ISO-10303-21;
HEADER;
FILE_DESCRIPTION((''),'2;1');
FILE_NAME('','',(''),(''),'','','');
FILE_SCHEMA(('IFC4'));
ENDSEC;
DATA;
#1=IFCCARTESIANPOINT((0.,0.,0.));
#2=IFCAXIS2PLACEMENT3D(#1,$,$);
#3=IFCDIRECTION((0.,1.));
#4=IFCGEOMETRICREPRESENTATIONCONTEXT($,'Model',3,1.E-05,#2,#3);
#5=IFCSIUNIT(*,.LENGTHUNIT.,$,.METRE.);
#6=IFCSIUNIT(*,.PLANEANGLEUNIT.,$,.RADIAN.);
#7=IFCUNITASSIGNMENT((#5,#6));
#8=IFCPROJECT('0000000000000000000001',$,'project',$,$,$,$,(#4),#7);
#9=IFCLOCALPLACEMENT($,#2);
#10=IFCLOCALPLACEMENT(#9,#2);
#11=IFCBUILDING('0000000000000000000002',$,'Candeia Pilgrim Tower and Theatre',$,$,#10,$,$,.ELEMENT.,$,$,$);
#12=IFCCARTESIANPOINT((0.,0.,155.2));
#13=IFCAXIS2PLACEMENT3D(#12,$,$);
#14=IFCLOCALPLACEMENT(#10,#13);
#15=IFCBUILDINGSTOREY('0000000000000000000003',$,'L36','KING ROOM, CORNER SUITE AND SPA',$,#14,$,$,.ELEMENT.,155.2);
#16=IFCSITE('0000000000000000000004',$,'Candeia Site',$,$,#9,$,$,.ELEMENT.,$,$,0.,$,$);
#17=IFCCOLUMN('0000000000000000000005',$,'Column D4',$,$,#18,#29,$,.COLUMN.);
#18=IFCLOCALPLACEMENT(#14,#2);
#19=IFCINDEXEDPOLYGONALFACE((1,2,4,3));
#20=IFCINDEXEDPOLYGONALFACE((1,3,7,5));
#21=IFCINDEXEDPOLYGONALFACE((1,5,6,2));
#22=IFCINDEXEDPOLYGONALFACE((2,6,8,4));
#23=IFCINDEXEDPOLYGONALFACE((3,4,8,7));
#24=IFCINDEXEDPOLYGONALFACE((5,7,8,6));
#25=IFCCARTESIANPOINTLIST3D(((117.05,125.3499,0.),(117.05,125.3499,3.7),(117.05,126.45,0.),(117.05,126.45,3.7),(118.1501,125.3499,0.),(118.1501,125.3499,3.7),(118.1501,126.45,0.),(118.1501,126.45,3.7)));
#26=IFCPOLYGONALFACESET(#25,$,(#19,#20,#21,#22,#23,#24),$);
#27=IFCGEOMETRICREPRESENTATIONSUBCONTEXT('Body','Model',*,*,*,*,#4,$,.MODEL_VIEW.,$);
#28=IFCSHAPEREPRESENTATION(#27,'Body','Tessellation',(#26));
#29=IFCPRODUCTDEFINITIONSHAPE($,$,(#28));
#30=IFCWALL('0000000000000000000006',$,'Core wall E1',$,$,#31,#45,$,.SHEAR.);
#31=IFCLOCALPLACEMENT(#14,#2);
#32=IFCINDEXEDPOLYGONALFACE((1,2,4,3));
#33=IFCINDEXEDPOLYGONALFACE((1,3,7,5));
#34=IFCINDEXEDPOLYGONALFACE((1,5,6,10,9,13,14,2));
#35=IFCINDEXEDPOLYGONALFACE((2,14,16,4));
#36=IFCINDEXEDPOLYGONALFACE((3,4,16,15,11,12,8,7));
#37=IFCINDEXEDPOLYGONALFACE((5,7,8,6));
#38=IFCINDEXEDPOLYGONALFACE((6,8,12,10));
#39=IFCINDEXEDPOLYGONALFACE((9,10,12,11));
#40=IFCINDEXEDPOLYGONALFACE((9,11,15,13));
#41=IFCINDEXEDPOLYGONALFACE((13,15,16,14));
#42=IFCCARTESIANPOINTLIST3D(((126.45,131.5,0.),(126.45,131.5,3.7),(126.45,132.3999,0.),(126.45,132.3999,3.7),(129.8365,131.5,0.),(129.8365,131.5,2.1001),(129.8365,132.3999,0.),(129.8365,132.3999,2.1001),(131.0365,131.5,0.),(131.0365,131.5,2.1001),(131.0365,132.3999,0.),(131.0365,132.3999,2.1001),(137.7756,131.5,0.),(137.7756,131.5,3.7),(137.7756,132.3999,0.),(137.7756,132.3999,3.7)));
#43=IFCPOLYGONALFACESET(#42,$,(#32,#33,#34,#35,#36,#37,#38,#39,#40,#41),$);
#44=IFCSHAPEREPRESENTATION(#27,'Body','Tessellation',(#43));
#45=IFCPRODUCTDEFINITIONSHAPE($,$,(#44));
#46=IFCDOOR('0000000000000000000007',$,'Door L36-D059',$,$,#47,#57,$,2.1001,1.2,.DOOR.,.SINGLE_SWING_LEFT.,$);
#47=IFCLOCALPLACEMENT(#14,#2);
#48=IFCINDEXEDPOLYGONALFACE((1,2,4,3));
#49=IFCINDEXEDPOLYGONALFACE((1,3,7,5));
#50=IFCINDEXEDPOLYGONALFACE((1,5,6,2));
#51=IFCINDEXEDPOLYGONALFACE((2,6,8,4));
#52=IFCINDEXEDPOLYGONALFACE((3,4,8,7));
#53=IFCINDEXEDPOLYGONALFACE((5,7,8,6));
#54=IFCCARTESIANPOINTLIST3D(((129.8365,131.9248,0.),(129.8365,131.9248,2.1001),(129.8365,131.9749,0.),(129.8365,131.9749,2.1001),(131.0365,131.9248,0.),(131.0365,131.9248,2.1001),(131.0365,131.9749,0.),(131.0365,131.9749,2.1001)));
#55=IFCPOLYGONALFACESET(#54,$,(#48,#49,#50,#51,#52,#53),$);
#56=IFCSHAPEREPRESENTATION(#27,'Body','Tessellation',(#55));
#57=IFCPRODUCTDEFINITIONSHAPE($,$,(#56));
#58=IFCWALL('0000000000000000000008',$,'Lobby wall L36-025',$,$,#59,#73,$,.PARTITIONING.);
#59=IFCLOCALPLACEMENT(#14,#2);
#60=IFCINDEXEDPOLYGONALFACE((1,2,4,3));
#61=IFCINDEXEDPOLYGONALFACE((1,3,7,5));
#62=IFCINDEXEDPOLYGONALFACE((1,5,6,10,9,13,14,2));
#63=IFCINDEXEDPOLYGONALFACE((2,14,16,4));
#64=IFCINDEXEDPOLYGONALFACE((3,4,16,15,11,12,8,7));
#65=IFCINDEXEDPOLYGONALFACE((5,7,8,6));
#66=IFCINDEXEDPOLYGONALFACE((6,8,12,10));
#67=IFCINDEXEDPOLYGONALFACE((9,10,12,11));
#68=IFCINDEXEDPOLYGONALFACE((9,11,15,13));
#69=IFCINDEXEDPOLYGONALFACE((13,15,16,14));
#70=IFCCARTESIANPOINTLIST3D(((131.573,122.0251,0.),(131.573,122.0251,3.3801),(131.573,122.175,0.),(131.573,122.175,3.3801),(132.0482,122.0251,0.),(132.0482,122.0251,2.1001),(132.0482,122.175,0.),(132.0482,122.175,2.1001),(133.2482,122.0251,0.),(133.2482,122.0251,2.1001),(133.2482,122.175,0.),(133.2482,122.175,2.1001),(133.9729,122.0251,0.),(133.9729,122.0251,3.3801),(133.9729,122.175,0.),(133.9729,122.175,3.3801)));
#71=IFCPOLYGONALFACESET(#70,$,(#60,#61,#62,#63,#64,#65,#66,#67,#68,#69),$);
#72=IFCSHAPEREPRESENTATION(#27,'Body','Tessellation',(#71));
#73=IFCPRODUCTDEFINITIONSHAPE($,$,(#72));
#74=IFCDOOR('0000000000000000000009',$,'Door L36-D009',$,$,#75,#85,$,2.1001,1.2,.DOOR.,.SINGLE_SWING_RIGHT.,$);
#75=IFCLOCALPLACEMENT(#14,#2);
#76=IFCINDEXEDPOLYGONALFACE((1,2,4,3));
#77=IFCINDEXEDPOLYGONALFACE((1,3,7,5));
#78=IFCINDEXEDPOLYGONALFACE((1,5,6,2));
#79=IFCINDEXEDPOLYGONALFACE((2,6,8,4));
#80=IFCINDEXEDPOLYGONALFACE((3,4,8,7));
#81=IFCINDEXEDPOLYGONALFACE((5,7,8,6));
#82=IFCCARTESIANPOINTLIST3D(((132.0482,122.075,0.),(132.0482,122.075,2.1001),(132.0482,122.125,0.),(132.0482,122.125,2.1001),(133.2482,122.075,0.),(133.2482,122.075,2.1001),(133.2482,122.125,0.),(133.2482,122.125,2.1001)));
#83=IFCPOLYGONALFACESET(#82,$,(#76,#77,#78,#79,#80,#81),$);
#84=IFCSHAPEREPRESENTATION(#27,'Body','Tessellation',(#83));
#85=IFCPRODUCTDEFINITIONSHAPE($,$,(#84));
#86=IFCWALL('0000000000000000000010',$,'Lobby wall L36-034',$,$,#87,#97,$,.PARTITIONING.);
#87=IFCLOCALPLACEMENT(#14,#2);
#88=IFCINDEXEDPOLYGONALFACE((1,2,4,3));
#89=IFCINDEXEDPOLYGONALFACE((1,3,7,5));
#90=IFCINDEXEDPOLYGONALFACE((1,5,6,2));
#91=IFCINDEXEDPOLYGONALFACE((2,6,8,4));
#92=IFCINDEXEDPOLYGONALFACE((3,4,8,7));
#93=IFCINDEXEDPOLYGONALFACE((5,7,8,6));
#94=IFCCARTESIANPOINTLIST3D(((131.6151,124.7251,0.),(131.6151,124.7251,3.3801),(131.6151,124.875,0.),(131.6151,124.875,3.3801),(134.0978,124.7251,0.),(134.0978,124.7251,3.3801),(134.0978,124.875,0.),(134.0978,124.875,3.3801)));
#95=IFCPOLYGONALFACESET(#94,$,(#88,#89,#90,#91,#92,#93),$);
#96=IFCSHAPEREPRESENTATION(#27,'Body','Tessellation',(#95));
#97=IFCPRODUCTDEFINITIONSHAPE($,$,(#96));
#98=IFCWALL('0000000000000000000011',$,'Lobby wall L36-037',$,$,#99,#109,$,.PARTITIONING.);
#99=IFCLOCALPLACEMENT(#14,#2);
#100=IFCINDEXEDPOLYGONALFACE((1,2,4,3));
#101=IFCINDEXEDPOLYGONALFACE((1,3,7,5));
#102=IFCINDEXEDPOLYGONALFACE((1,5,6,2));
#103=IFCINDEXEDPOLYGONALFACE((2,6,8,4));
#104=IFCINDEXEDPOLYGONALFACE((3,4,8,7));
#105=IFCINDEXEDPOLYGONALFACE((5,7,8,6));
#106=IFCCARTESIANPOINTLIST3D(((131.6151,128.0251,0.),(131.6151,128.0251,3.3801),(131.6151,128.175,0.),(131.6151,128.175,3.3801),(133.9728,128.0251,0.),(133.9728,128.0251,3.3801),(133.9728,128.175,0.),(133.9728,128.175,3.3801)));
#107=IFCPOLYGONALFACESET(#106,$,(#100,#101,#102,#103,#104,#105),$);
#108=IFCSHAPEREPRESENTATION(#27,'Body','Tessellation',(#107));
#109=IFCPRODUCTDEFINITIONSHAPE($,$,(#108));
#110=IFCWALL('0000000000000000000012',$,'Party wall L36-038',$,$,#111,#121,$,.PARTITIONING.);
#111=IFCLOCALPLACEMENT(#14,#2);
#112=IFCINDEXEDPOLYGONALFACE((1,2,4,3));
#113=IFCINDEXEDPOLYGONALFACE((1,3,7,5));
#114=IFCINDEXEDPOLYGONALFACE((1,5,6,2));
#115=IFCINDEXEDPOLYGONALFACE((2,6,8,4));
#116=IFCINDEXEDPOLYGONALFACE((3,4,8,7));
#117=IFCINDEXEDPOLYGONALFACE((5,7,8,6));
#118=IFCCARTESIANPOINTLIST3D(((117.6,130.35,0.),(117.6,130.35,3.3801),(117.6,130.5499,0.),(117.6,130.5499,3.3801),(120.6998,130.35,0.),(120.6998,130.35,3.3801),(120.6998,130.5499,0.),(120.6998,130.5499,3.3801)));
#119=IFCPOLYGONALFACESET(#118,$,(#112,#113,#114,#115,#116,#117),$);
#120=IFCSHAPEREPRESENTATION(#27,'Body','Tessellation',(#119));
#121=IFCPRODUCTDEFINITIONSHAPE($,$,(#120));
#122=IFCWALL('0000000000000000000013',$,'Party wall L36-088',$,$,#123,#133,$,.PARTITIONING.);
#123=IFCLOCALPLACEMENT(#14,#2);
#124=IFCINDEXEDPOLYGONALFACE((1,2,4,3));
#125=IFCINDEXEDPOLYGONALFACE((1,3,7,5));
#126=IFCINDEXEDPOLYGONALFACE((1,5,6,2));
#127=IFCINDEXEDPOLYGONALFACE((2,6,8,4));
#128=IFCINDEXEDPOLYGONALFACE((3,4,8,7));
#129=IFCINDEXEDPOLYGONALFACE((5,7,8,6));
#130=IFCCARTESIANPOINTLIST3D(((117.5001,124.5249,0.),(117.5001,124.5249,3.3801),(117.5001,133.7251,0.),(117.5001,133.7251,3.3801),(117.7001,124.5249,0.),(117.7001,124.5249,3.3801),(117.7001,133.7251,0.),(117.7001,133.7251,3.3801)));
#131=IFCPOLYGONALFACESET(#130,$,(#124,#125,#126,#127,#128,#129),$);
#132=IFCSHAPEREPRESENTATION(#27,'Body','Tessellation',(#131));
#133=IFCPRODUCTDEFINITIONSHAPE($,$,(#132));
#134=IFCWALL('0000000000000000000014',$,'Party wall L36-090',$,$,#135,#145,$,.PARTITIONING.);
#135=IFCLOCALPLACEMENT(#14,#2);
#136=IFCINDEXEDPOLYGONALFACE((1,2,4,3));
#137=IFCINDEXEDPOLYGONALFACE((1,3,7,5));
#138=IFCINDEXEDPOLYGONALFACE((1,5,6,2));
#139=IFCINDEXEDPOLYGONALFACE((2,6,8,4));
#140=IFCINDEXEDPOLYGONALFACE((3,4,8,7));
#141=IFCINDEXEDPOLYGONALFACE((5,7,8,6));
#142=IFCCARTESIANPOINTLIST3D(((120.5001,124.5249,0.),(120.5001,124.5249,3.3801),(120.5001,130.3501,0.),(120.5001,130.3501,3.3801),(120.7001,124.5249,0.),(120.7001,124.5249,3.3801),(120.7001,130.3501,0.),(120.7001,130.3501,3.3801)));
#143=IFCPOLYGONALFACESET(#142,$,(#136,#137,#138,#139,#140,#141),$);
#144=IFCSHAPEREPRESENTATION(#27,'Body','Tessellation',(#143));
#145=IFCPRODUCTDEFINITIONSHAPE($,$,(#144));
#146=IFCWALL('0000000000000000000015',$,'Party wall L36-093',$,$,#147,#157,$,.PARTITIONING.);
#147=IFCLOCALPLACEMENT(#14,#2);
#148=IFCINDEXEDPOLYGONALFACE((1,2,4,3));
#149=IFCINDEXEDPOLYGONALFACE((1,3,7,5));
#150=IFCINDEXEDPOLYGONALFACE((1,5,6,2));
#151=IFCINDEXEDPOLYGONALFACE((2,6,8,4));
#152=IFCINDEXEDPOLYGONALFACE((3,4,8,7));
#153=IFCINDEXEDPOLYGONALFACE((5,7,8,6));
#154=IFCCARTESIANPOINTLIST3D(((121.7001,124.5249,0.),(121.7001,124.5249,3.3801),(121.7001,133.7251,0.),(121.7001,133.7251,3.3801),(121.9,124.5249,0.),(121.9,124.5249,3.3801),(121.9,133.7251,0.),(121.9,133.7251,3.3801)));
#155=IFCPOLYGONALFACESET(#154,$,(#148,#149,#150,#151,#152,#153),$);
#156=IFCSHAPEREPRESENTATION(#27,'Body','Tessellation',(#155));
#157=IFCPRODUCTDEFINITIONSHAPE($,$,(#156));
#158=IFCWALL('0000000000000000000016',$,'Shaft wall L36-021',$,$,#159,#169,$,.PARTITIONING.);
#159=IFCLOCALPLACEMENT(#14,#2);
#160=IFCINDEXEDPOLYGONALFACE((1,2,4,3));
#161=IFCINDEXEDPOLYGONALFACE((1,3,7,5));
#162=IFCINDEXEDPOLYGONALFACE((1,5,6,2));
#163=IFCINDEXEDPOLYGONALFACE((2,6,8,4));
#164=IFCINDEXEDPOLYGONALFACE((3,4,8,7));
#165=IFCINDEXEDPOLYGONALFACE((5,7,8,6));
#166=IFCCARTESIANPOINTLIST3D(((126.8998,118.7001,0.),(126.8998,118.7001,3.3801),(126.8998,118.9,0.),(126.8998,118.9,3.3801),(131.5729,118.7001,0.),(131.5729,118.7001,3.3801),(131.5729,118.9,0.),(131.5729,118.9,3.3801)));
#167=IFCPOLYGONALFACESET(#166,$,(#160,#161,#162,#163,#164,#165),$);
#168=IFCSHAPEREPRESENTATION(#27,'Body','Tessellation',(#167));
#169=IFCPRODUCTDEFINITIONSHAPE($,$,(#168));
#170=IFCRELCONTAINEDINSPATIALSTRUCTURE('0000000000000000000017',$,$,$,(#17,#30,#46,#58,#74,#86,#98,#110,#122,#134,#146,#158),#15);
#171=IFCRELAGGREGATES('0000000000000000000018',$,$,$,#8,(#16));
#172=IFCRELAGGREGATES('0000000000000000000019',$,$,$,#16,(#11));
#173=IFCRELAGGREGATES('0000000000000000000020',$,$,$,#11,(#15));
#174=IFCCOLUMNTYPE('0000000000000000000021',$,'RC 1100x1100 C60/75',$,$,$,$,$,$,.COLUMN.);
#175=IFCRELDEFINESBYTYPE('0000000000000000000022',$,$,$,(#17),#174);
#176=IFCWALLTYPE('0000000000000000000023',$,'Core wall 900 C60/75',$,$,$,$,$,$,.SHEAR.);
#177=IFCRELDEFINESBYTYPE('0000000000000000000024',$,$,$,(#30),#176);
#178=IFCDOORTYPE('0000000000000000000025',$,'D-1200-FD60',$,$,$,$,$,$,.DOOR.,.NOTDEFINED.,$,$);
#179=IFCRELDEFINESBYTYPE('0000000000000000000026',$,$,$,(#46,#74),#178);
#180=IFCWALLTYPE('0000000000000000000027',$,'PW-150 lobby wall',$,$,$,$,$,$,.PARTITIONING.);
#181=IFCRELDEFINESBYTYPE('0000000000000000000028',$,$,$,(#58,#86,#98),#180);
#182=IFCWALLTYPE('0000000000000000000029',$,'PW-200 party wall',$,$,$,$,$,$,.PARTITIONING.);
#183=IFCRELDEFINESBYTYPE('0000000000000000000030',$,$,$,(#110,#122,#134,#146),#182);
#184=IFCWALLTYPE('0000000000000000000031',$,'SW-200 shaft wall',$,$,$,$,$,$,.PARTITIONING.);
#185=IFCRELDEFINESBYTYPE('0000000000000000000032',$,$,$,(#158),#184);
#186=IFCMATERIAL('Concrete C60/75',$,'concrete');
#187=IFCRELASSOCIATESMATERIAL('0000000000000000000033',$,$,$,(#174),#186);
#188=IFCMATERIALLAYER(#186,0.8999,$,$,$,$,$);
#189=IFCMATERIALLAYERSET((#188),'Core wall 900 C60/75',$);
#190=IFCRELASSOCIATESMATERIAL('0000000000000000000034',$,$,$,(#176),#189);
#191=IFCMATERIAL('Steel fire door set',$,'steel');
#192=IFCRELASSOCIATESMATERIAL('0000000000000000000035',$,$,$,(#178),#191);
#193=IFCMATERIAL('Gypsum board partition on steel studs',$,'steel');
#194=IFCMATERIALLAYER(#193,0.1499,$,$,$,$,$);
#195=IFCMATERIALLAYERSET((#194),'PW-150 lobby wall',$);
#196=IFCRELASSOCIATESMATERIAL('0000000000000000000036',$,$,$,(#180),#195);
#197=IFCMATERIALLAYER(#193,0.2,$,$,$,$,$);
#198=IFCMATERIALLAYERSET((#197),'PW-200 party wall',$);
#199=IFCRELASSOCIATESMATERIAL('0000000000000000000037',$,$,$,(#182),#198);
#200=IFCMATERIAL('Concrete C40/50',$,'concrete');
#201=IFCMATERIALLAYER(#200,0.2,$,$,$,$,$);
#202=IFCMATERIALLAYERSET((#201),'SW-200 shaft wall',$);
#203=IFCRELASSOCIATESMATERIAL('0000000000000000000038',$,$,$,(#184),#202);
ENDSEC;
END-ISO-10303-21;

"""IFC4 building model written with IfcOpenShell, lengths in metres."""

from ifc_helpers import new_model, si_unit, direction, frame, frame_2d, origin, origin_2d, place, context, subcontext, project, spatial, rectangle, extrude, material, layer, layer_set, material_profile, profile_set, type_object, element, fill, save


model = new_model("IFC4")

# Units and contexts
model_context = context("Model", 3, precision=1e-05, world=origin(), true_north=direction((0.0, 1.0)))
body_context = subcontext(model_context, "Body", "Model", "MODEL_VIEW")
ifc_project = project(units=[si_unit("LENGTHUNIT", "METRE"), si_unit("PLANEANGLEUNIT", "RADIAN")], contexts=[model_context])

# Site, building, storey
site_placement = place(None, origin())
site = spatial("IfcSite", under=ifc_project, at=site_placement, Name="Candeia Site", CompositionType="ELEMENT", RefElevation=0.0)
building_placement = place(site_placement, origin())
building = spatial("IfcBuilding", under=site, at=building_placement, Name="Candeia Pilgrim Tower and Theatre", CompositionType="ELEMENT")
storey_placement = place(building_placement, frame((0.0, 0.0, 155.2)))
storey = spatial("IfcBuildingStorey", under=building, at=storey_placement, Name="L36", Description="KING ROOM, CORNER SUITE AND SPA", CompositionType="ELEMENT", Elevation=155.2)

# Column
ifc_material_1 = material(Name="Concrete C60/75", Category="concrete")
ifc_material_profile = material_profile(ifc_material_1, rectangle(XDim=1.1001, YDim=1.1001, at=origin_2d()))
ifc_profile_set = profile_set([ifc_material_profile], Name="Concrete C60/75")
column_type = type_object("IfcColumnType", Name="RC 1100x1100 C60/75", PredefinedType="COLUMN", material=ifc_profile_set)
column_placement = place(storey_placement, frame((117.6001, 125.8999, 0.0), z_axis=(0.0, 0.0, 1.0), x_axis=(1.0, 0.0, 0.0)))
element("IfcColumn", 1, at=column_placement, inside=storey, type_object=column_type, Name="Column D4", PredefinedType="COLUMN", context=body_context, shape_type="SweptSolid", body=[
    extrude(rectangle(XDim=1.1001, YDim=1.1001, at=origin_2d()), origin(), (0.0, 0.0, 1.0), 3.7),
])

# Walls, openings, doors
ifc_layer_1 = layer(ifc_material_1, 0.8999)
ifc_layer_set_1 = layer_set([ifc_layer_1], Name="Core wall 900 C60/75")
wall_type_1 = type_object("IfcWallType", Name="Core wall 900 C60/75", PredefinedType="SHEAR", material=ifc_layer_set_1)
wall_1_placement = place(storey_placement, frame((126.45, 131.95, 0.0), z_axis=(0.0, 0.0, 1.0), x_axis=(1.0, 0.0, 0.0)))
wall_1 = element("IfcWall", 2, at=wall_1_placement, inside=storey, type_object=wall_type_1, Name="Core wall E1", PredefinedType="SHEAR", context=body_context, shape_type="SweptSolid", body=[
    extrude(rectangle(XDim=11.3257, YDim=0.8999, at=frame_2d((5.6628, 0.0))), origin(), (0.0, 0.0, 1.0), 3.7),
])
opening_1_placement = place(wall_1_placement, frame((3.3865, 0.0, 0.0)))
opening_1 = element("IfcOpeningElement", 3, at=opening_1_placement, cuts=wall_1, PredefinedType="OPENING", context=body_context, shape_type="SweptSolid", body=[
    extrude(rectangle(XDim=1.2, YDim=2.1001, at=frame_2d((0.6001, 1.05))), frame((0.0, 0.46, 0.0), z_axis=(0.0, -1.0, 0.0), x_axis=(1.0, 0.0, 0.0)), (0.0, 0.0, 1.0), 0.9199),
])
ifc_material_2 = material(Name="Steel fire door set", Category="steel")
door_type_1 = type_object("IfcDoorType", Name="D-1200-FD60", OperationType="NOTDEFINED", PredefinedType="DOOR", material=ifc_material_2)
door_1_placement = place(opening_1_placement, origin())
door_1 = element("IfcDoor", 4, at=door_1_placement, inside=storey, type_object=door_type_1, Name="Door L36-D059", OperationType="SINGLE_SWING_LEFT", OverallHeight=2.1001, OverallWidth=1.2, PredefinedType="DOOR", context=body_context, shape_type="SweptSolid", body=[
    extrude(rectangle(XDim=1.2, YDim=2.1001, at=frame_2d((0.6001, 1.05))), frame((0.0, 0.0249, 0.0), z_axis=(0.0, -1.0, 0.0), x_axis=(1.0, 0.0, 0.0)), (0.0, 0.0, 1.0), 0.05),
])
fill(opening_1, door_1)
ifc_material_3 = material(Name="Gypsum board partition on steel studs", Category="steel")
ifc_layer_2 = layer(ifc_material_3, 0.1499)
ifc_layer_set_2 = layer_set([ifc_layer_2], Name="PW-150 lobby wall")
wall_type_2 = type_object("IfcWallType", Name="PW-150 lobby wall", PredefinedType="PARTITIONING", material=ifc_layer_set_2)
wall_2_placement = place(storey_placement, frame((131.573, 122.1001, 0.0), z_axis=(0.0, 0.0, 1.0), x_axis=(1.0, 0.0, 0.0)))
wall_2 = element("IfcWall", 5, at=wall_2_placement, inside=storey, type_object=wall_type_2, Name="Lobby wall L36-025", PredefinedType="PARTITIONING", context=body_context, shape_type="SweptSolid", body=[
    extrude(rectangle(XDim=2.3999, YDim=0.1499, at=frame_2d((1.2, 0.0))), origin(), (0.0, 0.0, 1.0), 3.3801),
])
opening_2_placement = place(wall_2_placement, frame((0.4751, 0.0, 0.0)))
opening_2 = element("IfcOpeningElement", 6, at=opening_2_placement, cuts=wall_2, PredefinedType="OPENING", context=body_context, shape_type="SweptSolid", body=[
    extrude(rectangle(XDim=1.2, YDim=2.1001, at=frame_2d((0.6001, 1.05))), frame((0.0, 0.085, 0.0), z_axis=(0.0, -1.0, 0.0), x_axis=(1.0, 0.0, 0.0)), (0.0, 0.0, 1.0), 0.1699),
])
door_2_placement = place(opening_2_placement, origin())
door_2 = element("IfcDoor", 7, at=door_2_placement, inside=storey, type_object=door_type_1, Name="Door L36-D009", OperationType="SINGLE_SWING_RIGHT", OverallHeight=2.1001, OverallWidth=1.2, PredefinedType="DOOR", context=body_context, shape_type="SweptSolid", body=[
    extrude(rectangle(XDim=1.2, YDim=2.1001, at=frame_2d((0.6001, 1.05))), frame((0.0, 0.0249, 0.0), z_axis=(0.0, -1.0, 0.0), x_axis=(1.0, 0.0, 0.0)), (0.0, 0.0, 1.0), 0.05),
])
fill(opening_2, door_2)

# Walls
wall_3_placement = place(storey_placement, frame((131.6152, 124.8, 0.0), z_axis=(0.0, 0.0, 1.0), x_axis=(1.0, 0.0, 0.0)))
element("IfcWall", 8, at=wall_3_placement, inside=storey, type_object=wall_type_2, Name="Lobby wall L36-034", PredefinedType="PARTITIONING", context=body_context, shape_type="SweptSolid", body=[
    extrude(rectangle(XDim=2.4827, YDim=0.1499, at=frame_2d((1.2412, 0.0))), origin(), (0.0, 0.0, 1.0), 3.3801),
])
wall_4_placement = place(storey_placement, frame((131.6152, 128.1001, 0.0), z_axis=(0.0, 0.0, 1.0), x_axis=(1.0, 0.0, 0.0)))
element("IfcWall", 9, at=wall_4_placement, inside=storey, type_object=wall_type_2, Name="Lobby wall L36-037", PredefinedType="PARTITIONING", context=body_context, shape_type="SweptSolid", body=[
    extrude(rectangle(XDim=2.3577, YDim=0.1499, at=frame_2d((1.1787, 0.0))), origin(), (0.0, 0.0, 1.0), 3.3801),
])
ifc_layer_3 = layer(ifc_material_3, 0.2)
ifc_layer_set_3 = layer_set([ifc_layer_3], Name="PW-200 party wall")
wall_type_3 = type_object("IfcWallType", Name="PW-200 party wall", PredefinedType="PARTITIONING", material=ifc_layer_set_3)
wall_5_placement = place(storey_placement, frame((117.6001, 130.45, 0.0), z_axis=(0.0, 0.0, 1.0), x_axis=(1.0, 0.0, 0.0)))
element("IfcWall", 10, at=wall_5_placement, inside=storey, type_object=wall_type_3, Name="Party wall L36-038", PredefinedType="PARTITIONING", context=body_context, shape_type="SweptSolid", body=[
    extrude(rectangle(XDim=3.0999, YDim=0.2, at=frame_2d((1.5498, 0.0))), origin(), (0.0, 0.0, 1.0), 3.3801),
])
wall_6_placement = place(storey_placement, frame((117.6001, 124.5249, 0.0), z_axis=(0.0, 0.0, 1.0), x_axis=(0.0, 1.0, 0.0)))
element("IfcWall", 11, at=wall_6_placement, inside=storey, type_object=wall_type_3, Name="Party wall L36-088", PredefinedType="PARTITIONING", context=body_context, shape_type="SweptSolid", body=[
    extrude(rectangle(XDim=9.2002, YDim=0.2, at=frame_2d((4.6001, 0.0))), origin(), (0.0, 0.0, 1.0), 3.3801),
])
wall_7_placement = place(storey_placement, frame((120.6001, 124.5249, 0.0), z_axis=(0.0, 0.0, 1.0), x_axis=(0.0, 1.0, 0.0)))
element("IfcWall", 12, at=wall_7_placement, inside=storey, type_object=wall_type_3, Name="Party wall L36-090", PredefinedType="PARTITIONING", context=body_context, shape_type="SweptSolid", body=[
    extrude(rectangle(XDim=5.8252, YDim=0.2, at=frame_2d((2.9126, 0.0))), origin(), (0.0, 0.0, 1.0), 3.3801),
])
wall_8_placement = place(storey_placement, frame((121.8, 124.5249, 0.0), z_axis=(0.0, 0.0, 1.0), x_axis=(0.0, 1.0, 0.0)))
element("IfcWall", 13, at=wall_8_placement, inside=storey, type_object=wall_type_3, Name="Party wall L36-093", PredefinedType="PARTITIONING", context=body_context, shape_type="SweptSolid", body=[
    extrude(rectangle(XDim=9.2002, YDim=0.2, at=frame_2d((4.6001, 0.0))), origin(), (0.0, 0.0, 1.0), 3.3801),
])
ifc_material_4 = material(Name="Concrete C40/50", Category="concrete")
ifc_layer_4 = layer(ifc_material_4, 0.2)
ifc_layer_set_4 = layer_set([ifc_layer_4], Name="SW-200 shaft wall")
wall_type_4 = type_object("IfcWallType", Name="SW-200 shaft wall", PredefinedType="PARTITIONING", material=ifc_layer_set_4)
wall_9_placement = place(storey_placement, frame((126.8999, 118.8, 0.0), z_axis=(0.0, 0.0, 1.0), x_axis=(1.0, 0.0, 0.0)))
element("IfcWall", 14, at=wall_9_placement, inside=storey, type_object=wall_type_4, Name="Shaft wall L36-021", PredefinedType="PARTITIONING", context=body_context, shape_type="SweptSolid", body=[
    extrude(rectangle(XDim=4.6731, YDim=0.2, at=frame_2d((2.3364, 0.0))), origin(), (0.0, 0.0, 1.0), 3.3801),
])

save(model, "model.ifc")
